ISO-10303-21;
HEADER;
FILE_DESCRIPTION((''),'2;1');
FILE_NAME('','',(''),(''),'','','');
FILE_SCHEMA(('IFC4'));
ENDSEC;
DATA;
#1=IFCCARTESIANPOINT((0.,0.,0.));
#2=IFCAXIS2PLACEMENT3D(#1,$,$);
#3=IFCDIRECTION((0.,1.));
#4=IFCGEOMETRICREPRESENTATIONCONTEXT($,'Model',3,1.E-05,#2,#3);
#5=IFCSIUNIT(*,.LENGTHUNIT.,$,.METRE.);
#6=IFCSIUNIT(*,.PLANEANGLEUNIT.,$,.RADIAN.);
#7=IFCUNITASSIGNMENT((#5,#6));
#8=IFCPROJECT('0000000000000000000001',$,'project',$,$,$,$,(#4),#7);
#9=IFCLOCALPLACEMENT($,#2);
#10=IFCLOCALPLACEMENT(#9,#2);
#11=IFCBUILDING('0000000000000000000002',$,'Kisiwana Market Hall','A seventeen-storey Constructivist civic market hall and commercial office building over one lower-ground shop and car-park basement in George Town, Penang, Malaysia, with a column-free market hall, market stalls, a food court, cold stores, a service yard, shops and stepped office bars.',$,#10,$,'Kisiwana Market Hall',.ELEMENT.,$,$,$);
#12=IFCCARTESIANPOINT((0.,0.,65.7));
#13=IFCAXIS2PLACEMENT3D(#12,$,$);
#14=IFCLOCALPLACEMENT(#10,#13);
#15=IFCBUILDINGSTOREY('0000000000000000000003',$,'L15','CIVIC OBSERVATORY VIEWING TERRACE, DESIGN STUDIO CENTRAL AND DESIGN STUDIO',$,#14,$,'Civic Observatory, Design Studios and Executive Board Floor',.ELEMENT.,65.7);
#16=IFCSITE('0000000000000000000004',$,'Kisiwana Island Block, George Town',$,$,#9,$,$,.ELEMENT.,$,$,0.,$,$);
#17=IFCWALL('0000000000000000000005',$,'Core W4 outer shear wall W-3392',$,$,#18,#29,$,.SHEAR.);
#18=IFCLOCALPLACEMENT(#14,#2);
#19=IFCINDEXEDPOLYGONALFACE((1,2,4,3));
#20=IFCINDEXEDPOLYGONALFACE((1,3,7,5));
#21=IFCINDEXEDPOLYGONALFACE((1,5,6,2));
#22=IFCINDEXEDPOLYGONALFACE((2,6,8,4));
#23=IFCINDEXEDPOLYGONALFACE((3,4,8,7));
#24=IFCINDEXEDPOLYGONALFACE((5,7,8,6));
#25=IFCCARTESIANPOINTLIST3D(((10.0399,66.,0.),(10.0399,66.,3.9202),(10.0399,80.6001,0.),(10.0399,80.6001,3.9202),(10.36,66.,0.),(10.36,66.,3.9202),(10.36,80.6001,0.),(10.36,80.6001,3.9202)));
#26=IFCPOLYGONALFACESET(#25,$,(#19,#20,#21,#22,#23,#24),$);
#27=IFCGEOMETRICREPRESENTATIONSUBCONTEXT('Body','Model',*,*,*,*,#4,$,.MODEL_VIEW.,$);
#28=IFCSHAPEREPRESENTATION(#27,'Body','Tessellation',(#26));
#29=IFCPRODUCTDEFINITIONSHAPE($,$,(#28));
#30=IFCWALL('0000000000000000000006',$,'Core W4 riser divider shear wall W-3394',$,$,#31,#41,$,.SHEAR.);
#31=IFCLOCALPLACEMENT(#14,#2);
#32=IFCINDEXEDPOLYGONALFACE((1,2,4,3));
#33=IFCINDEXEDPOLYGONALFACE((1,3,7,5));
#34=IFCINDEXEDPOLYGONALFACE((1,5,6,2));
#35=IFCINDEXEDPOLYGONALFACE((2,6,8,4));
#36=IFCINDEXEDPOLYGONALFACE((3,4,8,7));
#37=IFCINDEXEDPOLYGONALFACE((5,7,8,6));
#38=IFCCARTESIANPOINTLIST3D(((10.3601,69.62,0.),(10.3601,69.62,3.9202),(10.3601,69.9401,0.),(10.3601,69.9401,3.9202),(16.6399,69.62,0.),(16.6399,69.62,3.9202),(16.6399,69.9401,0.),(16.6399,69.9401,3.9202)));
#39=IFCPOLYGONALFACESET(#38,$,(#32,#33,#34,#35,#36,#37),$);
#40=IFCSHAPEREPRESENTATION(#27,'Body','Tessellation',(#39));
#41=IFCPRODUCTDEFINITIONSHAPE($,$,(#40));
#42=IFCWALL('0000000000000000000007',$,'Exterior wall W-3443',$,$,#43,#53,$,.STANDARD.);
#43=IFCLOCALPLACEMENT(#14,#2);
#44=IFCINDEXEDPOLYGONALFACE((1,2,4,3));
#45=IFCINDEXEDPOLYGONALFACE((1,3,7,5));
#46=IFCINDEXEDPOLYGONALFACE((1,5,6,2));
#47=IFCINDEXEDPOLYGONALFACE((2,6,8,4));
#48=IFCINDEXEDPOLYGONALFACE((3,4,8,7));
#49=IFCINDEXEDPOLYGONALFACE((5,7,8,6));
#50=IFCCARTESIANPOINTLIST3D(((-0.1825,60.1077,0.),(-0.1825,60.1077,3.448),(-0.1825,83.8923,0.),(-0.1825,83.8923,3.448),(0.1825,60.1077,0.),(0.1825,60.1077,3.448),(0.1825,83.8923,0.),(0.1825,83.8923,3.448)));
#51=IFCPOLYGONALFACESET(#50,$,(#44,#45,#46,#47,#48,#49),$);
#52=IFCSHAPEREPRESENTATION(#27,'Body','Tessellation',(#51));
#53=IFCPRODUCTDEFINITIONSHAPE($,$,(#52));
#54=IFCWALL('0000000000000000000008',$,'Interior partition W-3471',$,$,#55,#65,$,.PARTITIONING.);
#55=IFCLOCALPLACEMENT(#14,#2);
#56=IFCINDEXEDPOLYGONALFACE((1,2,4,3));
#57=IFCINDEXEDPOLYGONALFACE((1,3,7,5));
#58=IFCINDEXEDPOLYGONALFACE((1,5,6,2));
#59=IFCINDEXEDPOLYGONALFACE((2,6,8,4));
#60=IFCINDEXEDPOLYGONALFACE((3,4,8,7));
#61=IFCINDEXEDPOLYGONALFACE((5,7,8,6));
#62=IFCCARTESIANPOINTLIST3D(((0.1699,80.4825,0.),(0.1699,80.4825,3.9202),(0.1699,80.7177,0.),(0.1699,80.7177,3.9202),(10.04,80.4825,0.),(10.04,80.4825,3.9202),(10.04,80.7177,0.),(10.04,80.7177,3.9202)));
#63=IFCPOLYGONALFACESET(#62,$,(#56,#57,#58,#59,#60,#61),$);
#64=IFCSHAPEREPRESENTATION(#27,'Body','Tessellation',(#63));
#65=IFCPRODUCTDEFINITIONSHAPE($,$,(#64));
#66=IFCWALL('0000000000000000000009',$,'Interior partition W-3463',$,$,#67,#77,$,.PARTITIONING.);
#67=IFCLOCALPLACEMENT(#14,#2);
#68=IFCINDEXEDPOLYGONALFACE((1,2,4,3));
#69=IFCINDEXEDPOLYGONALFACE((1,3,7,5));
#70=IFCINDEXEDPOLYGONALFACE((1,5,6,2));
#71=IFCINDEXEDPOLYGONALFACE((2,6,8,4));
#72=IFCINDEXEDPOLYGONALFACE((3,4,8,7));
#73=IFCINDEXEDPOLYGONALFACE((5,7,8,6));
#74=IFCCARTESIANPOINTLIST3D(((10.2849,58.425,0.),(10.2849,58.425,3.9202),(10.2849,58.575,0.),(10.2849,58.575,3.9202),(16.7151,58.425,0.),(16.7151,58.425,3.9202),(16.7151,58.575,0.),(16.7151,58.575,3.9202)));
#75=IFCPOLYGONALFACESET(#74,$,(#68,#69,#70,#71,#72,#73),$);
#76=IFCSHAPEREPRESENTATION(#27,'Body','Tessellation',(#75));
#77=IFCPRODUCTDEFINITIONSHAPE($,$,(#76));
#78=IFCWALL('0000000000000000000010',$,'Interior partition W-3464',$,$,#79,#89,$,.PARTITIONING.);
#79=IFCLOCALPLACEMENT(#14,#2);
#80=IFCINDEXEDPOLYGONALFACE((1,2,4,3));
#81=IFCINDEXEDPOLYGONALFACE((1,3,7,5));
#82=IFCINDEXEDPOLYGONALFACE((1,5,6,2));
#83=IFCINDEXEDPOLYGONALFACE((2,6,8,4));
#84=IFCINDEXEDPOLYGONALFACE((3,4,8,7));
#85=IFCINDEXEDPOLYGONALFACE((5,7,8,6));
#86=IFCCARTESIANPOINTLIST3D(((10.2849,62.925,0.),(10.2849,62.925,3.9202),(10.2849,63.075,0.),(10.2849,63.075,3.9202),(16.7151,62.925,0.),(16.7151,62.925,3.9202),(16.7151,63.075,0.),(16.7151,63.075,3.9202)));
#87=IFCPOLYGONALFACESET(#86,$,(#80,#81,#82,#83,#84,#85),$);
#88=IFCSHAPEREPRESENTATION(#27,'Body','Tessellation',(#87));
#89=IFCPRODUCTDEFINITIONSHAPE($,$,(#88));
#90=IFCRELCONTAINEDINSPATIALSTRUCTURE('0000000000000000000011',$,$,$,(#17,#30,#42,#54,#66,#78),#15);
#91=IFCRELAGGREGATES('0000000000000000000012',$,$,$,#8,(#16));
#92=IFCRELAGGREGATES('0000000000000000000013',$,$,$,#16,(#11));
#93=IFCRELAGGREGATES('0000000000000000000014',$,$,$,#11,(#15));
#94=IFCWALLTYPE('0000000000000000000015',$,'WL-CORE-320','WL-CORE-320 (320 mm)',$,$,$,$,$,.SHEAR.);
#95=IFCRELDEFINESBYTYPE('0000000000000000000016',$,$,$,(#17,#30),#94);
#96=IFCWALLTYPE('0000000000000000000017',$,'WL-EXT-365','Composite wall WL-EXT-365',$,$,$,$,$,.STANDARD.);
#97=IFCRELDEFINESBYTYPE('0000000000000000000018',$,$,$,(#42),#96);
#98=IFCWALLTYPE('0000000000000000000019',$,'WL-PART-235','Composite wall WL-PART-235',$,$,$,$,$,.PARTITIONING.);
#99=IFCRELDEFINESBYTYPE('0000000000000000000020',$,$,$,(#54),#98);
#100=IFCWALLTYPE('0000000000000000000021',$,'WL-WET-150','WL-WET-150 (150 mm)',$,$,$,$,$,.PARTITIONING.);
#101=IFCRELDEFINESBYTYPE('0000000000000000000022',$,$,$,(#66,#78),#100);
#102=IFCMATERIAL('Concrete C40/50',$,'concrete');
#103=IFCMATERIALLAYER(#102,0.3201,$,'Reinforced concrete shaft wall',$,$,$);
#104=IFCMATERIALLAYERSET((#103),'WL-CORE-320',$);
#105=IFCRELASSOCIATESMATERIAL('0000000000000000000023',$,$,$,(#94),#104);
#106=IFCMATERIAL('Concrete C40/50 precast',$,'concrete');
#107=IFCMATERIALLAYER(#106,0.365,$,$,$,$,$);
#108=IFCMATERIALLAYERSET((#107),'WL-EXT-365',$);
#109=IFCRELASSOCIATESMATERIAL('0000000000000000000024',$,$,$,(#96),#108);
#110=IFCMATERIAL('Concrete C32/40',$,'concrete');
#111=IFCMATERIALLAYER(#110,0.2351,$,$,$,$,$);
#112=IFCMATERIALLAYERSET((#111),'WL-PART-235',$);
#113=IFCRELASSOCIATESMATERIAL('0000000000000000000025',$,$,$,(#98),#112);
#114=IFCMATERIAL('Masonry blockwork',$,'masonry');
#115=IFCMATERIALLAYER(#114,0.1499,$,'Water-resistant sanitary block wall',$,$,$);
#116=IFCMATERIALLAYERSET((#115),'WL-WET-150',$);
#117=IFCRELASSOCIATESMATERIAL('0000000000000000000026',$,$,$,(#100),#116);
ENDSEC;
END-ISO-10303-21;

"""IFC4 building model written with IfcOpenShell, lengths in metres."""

from ifc_helpers import new_model, si_unit, direction, frame, frame_2d, origin, place, context, subcontext, project, spatial, rectangle, extrude, material, layer, layer_set, type_object, element, save


model = new_model("IFC4")

# Units and contexts
model_context = context("Model", 3, precision=1e-05, world=origin(), true_north=direction((0.0, 1.0)))
body_context = subcontext(model_context, "Body", "Model", "MODEL_VIEW")
ifc_project = project(units=[si_unit("LENGTHUNIT", "METRE"), si_unit("PLANEANGLEUNIT", "RADIAN")], contexts=[model_context])

# Site, building, storey
site_placement = place(None, origin())
site = spatial("IfcSite", under=ifc_project, at=site_placement, Name="Kisiwana Island Block, George Town", CompositionType="ELEMENT", RefElevation=0.0)
building_placement = place(site_placement, origin())
building = spatial("IfcBuilding", under=site, at=building_placement, Name="Kisiwana Market Hall", Description="A seventeen-storey Constructivist civic market hall and commercial office building over one lower-ground shop and car-park basement in George Town, Penang, Malaysia, with a column-free market hall, market stalls, a food court, cold stores, a service yard, shops and stepped office bars.", LongName="Kisiwana Market Hall", CompositionType="ELEMENT")
storey_placement = place(building_placement, frame((0.0, 0.0, 65.7)))
storey = spatial("IfcBuildingStorey", under=building, at=storey_placement, Name="L15", Description="CIVIC OBSERVATORY VIEWING TERRACE, DESIGN STUDIO CENTRAL AND DESIGN STUDIO", LongName="Civic Observatory, Design Studios and Executive Board Floor", CompositionType="ELEMENT", Elevation=65.7)

# Walls
ifc_material_1 = material(Name="Concrete C40/50", Category="concrete")
ifc_layer_1 = layer(ifc_material_1, 0.3201, Name="Reinforced concrete shaft wall")
ifc_layer_set_1 = layer_set([ifc_layer_1], Name="WL-CORE-320")
wall_type_1 = type_object("IfcWallType", Name="WL-CORE-320", Description="WL-CORE-320 (320 mm)", PredefinedType="SHEAR", material=ifc_layer_set_1)
wall_1_placement = place(storey_placement, frame((10.2, 66.0, 0.0), z_axis=(0.0, 0.0, 1.0), x_axis=(0.0, 1.0, 0.0)))
element("IfcWall", 1, at=wall_1_placement, inside=storey, type_object=wall_type_1, Name="Core W4 outer shear wall W-3392", PredefinedType="SHEAR", context=body_context, shape_type="SweptSolid", body=[
    extrude(rectangle(XDim=14.6001, YDim=0.3201, at=frame_2d((7.3, 0.0))), origin(), (0.0, 0.0, 1.0), 3.9202),
])
wall_2_placement = place(storey_placement, frame((10.3601, 69.78, 0.0), z_axis=(0.0, 0.0, 1.0), x_axis=(1.0, 0.0, 0.0)))
element("IfcWall", 2, at=wall_2_placement, inside=storey, type_object=wall_type_1, Name="Core W4 riser divider shear wall W-3394", PredefinedType="SHEAR", context=body_context, shape_type="SweptSolid", body=[
    extrude(rectangle(XDim=6.2798, YDim=0.3201, at=frame_2d((3.1399, 0.0))), origin(), (0.0, 0.0, 1.0), 3.9202),
])
ifc_material_2 = material(Name="Concrete C40/50 precast", Category="concrete")
ifc_layer_2 = layer(ifc_material_2, 0.365)
ifc_layer_set_2 = layer_set([ifc_layer_2], Name="WL-EXT-365")
wall_type_2 = type_object("IfcWallType", Name="WL-EXT-365", Description="Composite wall WL-EXT-365", PredefinedType="STANDARD", material=ifc_layer_set_2)
wall_3_placement = place(storey_placement, frame((0.0, 60.1077, 0.0), z_axis=(0.0, 0.0, 1.0), x_axis=(0.0, 1.0, 0.0)))
element("IfcWall", 3, at=wall_3_placement, inside=storey, type_object=wall_type_2, Name="Exterior wall W-3443", PredefinedType="STANDARD", context=body_context, shape_type="SweptSolid", body=[
    extrude(rectangle(XDim=23.7847, YDim=0.365, at=frame_2d((11.8923, 0.0))), origin(), (0.0, 0.0, 1.0), 3.448),
])
ifc_material_3 = material(Name="Concrete C32/40", Category="concrete")
ifc_layer_3 = layer(ifc_material_3, 0.2351)
ifc_layer_set_3 = layer_set([ifc_layer_3], Name="WL-PART-235")
wall_type_3 = type_object("IfcWallType", Name="WL-PART-235", Description="Composite wall WL-PART-235", PredefinedType="PARTITIONING", material=ifc_layer_set_3)
wall_4_placement = place(storey_placement, frame((0.1699, 80.6001, 0.0), z_axis=(0.0, 0.0, 1.0), x_axis=(1.0, 0.0, 0.0)))
element("IfcWall", 4, at=wall_4_placement, inside=storey, type_object=wall_type_3, Name="Interior partition W-3471", PredefinedType="PARTITIONING", context=body_context, shape_type="SweptSolid", body=[
    extrude(rectangle(XDim=9.8701, YDim=0.2351, at=frame_2d((4.9351, 0.0))), origin(), (0.0, 0.0, 1.0), 3.9202),
])
ifc_material_4 = material(Name="Masonry blockwork", Category="masonry")
ifc_layer_4 = layer(ifc_material_4, 0.1499, Name="Water-resistant sanitary block wall")
ifc_layer_set_4 = layer_set([ifc_layer_4], Name="WL-WET-150")
wall_type_4 = type_object("IfcWallType", Name="WL-WET-150", Description="WL-WET-150 (150 mm)", PredefinedType="PARTITIONING", material=ifc_layer_set_4)
for number, where, z_axis, x_axis, name in (
    (5, (10.2849, 58.5, 0.0), (0.0, 0.0, 1.0), (1.0, 0.0, 0.0), "Interior partition W-3463"),
    (6, (10.2849, 63.0, 0.0), (0.0, 0.0, 1.0), (1.0, 0.0, 0.0), "Interior partition W-3464"),
):
    element("IfcWall", number, at=place(storey_placement, frame(where, z_axis=z_axis, x_axis=x_axis)), inside=storey, type_object=wall_type_4, Name=name, PredefinedType="PARTITIONING", context=body_context, shape_type="SweptSolid", body=[
        extrude(rectangle(XDim=6.4302, YDim=0.1499, at=frame_2d((3.2151, 0.0))), origin(), (0.0, 0.0, 1.0), 3.9202),
    ])

save(model, "model.ifc")
